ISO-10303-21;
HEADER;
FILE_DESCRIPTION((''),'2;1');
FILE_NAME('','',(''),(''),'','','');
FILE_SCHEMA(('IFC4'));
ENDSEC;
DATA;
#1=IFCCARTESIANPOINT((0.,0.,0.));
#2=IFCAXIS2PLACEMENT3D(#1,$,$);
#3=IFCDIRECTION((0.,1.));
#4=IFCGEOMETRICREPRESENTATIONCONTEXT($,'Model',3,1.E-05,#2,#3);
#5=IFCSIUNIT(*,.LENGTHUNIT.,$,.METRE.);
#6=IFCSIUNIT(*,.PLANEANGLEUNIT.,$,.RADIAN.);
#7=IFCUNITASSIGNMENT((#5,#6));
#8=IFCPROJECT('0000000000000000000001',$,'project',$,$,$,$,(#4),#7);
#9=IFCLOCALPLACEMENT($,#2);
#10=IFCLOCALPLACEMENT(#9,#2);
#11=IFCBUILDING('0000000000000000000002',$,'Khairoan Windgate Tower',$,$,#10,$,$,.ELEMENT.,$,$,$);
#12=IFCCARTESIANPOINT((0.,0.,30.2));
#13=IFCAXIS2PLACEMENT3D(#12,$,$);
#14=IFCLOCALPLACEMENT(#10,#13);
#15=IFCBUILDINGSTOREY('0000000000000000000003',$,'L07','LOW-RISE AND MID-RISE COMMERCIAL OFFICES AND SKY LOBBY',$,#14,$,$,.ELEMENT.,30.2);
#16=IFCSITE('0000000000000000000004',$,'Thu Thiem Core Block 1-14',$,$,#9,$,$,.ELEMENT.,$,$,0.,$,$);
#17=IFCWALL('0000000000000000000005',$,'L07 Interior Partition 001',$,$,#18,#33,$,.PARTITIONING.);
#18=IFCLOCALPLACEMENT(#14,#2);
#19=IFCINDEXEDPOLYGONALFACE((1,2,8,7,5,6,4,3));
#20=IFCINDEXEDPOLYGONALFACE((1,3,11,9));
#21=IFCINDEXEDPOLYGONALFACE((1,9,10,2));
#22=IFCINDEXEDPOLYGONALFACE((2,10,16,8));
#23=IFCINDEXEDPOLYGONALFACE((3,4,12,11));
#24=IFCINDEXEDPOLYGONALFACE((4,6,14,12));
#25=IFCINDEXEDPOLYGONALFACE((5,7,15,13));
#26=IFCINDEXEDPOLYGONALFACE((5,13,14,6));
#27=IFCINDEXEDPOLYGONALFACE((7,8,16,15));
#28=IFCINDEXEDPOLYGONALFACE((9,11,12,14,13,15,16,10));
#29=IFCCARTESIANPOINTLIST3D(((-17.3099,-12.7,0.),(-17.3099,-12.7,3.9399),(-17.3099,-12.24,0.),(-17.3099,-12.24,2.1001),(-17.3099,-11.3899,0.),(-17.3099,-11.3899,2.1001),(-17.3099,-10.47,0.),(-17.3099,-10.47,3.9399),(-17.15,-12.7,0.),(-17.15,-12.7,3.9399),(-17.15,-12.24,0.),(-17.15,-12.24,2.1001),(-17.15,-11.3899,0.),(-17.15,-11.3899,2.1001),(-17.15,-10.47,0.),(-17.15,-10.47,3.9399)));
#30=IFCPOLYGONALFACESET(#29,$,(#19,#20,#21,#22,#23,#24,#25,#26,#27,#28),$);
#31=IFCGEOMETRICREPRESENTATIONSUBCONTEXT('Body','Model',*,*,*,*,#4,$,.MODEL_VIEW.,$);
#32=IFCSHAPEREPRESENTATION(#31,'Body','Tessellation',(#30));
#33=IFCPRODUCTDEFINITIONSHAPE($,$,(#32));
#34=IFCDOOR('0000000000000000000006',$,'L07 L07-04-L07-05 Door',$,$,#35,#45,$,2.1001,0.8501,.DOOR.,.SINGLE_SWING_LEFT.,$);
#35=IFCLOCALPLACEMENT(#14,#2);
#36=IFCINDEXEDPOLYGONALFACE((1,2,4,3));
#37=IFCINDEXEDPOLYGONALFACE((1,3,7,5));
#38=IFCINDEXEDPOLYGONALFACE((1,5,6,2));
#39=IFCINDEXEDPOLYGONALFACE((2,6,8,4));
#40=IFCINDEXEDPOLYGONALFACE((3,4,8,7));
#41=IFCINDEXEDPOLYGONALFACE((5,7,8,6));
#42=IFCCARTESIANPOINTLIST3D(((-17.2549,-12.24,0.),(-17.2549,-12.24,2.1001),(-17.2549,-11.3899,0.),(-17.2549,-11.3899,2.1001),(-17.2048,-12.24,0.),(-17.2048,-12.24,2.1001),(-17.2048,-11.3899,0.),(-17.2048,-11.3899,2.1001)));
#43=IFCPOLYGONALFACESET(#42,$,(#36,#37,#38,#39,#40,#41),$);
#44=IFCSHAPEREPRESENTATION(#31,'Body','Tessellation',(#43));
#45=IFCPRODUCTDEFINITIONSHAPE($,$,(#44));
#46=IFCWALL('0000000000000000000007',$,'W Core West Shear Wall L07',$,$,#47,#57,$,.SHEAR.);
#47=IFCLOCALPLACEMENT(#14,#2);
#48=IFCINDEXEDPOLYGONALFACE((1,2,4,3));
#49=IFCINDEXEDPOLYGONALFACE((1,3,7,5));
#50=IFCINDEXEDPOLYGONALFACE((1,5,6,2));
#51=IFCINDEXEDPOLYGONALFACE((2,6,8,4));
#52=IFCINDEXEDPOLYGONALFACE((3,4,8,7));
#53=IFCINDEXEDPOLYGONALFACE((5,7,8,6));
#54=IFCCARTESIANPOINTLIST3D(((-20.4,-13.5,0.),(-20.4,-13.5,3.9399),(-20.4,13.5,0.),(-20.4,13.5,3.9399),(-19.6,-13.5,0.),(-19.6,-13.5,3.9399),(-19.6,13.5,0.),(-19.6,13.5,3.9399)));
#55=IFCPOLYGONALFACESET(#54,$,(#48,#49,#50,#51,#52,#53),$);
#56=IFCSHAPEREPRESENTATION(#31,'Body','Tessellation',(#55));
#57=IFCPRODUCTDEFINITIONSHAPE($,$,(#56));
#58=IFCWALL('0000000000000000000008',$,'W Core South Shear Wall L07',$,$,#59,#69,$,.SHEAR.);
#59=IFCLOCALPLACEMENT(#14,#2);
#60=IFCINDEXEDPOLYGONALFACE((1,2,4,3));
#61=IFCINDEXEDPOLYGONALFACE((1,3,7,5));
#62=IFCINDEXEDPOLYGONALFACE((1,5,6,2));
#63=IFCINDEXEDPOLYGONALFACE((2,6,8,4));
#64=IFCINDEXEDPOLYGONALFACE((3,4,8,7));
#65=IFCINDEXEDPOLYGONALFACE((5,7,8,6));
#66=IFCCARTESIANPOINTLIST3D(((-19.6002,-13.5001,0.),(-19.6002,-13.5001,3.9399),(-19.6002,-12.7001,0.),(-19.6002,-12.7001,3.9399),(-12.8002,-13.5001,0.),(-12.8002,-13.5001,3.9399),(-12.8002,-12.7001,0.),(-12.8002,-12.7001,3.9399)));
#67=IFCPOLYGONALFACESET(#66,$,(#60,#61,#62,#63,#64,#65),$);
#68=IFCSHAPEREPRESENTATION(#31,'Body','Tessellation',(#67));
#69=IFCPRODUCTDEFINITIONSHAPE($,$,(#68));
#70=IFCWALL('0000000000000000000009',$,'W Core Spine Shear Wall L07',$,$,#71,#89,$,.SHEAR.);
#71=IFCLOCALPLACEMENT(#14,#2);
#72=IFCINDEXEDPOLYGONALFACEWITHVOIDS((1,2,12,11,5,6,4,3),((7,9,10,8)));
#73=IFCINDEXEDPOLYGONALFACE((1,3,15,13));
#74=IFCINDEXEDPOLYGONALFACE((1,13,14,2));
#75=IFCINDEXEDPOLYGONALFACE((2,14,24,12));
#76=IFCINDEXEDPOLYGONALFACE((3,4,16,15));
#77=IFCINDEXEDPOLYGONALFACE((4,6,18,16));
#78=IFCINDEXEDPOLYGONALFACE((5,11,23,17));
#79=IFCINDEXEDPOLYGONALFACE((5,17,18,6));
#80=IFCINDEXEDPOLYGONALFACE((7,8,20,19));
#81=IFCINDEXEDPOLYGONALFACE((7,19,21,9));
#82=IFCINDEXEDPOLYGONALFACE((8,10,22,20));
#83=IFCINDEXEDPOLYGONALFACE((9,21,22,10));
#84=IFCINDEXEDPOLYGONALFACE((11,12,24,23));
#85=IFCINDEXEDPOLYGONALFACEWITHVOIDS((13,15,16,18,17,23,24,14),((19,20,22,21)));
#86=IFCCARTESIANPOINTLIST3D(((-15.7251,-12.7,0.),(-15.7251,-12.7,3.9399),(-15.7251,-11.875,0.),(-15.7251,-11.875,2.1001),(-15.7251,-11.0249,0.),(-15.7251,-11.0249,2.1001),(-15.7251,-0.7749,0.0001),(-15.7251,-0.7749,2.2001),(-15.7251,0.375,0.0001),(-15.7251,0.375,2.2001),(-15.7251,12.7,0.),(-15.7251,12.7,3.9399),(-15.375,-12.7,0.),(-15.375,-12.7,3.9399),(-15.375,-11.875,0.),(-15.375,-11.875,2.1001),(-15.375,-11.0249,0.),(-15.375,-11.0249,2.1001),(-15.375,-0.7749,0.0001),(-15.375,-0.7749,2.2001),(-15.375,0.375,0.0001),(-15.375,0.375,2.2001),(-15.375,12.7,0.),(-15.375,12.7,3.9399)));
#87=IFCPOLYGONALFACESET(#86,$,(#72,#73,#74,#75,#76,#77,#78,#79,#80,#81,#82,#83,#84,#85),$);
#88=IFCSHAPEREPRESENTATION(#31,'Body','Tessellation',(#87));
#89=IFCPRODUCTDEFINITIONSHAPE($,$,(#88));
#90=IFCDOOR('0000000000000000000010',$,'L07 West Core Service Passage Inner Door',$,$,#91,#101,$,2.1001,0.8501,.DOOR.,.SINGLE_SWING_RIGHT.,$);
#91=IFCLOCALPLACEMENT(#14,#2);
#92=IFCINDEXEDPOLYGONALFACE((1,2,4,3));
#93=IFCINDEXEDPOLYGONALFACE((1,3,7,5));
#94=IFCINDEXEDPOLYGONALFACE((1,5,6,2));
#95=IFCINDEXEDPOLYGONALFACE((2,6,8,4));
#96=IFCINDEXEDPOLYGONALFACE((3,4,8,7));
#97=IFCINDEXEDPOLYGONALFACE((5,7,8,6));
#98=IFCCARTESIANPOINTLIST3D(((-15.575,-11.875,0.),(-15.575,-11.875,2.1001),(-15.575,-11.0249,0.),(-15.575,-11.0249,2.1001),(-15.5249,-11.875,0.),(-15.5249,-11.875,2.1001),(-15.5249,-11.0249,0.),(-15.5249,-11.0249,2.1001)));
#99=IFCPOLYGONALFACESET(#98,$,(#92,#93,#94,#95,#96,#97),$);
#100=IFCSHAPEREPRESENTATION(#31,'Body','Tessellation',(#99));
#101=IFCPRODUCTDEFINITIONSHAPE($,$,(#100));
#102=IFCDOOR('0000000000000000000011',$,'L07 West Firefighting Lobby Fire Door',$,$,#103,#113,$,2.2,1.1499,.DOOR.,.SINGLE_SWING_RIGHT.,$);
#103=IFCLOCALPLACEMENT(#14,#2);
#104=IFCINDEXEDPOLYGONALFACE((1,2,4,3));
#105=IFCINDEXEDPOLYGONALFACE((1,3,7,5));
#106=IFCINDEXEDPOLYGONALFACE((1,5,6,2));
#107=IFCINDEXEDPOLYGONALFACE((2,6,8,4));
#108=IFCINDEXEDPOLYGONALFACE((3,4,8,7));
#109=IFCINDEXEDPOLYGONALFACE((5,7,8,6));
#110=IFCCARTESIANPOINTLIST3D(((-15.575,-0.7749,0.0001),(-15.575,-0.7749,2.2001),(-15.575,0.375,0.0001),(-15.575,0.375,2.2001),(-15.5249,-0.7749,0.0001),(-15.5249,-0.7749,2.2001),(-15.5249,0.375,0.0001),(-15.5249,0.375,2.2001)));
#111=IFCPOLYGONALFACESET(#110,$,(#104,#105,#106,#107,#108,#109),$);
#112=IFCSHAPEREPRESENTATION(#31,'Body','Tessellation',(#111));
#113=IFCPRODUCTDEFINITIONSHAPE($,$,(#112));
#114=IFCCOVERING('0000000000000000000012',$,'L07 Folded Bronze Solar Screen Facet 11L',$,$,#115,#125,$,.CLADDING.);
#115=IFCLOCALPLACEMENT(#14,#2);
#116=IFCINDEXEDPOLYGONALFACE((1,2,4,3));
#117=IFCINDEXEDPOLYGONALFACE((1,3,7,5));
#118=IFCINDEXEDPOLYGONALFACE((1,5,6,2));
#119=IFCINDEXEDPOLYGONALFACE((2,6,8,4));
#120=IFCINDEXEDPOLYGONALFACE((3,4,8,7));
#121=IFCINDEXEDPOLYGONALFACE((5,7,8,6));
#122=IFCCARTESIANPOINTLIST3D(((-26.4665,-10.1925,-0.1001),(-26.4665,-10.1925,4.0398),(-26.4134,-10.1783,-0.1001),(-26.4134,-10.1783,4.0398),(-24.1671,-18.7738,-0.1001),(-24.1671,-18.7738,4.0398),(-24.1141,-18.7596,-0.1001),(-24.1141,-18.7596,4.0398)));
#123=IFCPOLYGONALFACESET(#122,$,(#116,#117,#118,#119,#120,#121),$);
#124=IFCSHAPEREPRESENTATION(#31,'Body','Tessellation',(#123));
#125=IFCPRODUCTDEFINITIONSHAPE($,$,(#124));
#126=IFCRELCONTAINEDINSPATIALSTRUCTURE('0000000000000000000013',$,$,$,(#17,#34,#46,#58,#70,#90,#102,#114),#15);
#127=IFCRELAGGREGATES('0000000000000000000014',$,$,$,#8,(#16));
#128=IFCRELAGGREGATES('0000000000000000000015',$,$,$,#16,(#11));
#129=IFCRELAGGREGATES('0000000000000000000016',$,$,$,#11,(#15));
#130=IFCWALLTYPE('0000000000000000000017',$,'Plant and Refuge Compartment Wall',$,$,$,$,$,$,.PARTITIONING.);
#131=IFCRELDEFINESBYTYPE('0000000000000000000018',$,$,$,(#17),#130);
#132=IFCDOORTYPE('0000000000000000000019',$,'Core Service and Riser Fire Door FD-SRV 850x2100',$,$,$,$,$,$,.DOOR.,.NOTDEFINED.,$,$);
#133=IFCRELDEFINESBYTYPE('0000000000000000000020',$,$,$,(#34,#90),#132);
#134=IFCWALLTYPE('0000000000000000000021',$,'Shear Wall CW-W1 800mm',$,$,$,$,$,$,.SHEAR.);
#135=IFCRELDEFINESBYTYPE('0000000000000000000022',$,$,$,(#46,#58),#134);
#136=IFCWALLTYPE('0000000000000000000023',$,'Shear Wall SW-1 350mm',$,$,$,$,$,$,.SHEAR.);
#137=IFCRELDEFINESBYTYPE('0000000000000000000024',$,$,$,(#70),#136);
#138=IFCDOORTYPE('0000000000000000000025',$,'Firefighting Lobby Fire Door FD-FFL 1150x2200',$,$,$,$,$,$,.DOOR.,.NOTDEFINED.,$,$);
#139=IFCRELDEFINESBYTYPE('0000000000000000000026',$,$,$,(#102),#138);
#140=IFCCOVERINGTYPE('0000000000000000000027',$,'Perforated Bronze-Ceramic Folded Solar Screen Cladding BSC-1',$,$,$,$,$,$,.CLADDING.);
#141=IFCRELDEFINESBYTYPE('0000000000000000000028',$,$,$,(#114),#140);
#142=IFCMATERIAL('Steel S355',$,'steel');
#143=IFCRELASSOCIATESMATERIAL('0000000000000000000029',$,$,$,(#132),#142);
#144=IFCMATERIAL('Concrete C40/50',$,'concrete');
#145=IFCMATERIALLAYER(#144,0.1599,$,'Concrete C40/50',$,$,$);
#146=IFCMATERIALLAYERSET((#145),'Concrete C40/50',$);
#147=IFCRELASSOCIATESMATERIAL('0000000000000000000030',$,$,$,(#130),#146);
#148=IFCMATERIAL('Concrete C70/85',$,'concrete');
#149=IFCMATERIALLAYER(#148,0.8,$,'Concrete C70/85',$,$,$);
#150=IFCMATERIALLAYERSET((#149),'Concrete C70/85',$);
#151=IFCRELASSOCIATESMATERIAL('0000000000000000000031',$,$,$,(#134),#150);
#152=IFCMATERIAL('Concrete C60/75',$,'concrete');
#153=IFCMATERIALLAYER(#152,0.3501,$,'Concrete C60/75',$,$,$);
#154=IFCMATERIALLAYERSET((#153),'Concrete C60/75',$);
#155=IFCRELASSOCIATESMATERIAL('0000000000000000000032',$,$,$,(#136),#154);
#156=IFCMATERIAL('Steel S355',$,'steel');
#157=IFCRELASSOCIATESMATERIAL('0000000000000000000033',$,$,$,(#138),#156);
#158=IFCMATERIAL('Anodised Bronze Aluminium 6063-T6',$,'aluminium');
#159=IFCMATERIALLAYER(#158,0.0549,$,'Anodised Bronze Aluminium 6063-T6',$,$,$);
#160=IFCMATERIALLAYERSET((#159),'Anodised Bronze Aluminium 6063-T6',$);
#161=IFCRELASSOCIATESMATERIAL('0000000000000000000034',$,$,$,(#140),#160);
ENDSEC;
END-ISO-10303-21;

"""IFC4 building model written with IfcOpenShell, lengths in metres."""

from ifc_helpers import new_model, si_unit, direction, frame, frame_2d, origin, origin_2d, place, context, subcontext, project, spatial, rectangle, extrude, material, layer, layer_set, type_object, element, fill, save


model = new_model("IFC4")

# Units and contexts
model_context = context("Model", 3, precision=1e-05, world=origin(), true_north=direction((0.0, 1.0)))
body_context = subcontext(model_context, "Body", "Model", "MODEL_VIEW")
ifc_project = project(units=[si_unit("LENGTHUNIT", "METRE"), si_unit("PLANEANGLEUNIT", "RADIAN")], contexts=[model_context])

# Site, building, storey
site_placement = place(None, origin())
site = spatial("IfcSite", under=ifc_project, at=site_placement, Name="Thu Thiem Core Block 1-14", CompositionType="ELEMENT", RefElevation=0.0)
building_placement = place(site_placement, origin())
building = spatial("IfcBuilding", under=site, at=building_placement, Name="Khairoan Windgate Tower", CompositionType="ELEMENT")
storey_placement = place(building_placement, frame((0.0, 0.0, 30.2)))
storey = spatial("IfcBuildingStorey", under=building, at=storey_placement, Name="L07", Description="LOW-RISE AND MID-RISE COMMERCIAL OFFICES AND SKY LOBBY", CompositionType="ELEMENT", Elevation=30.2)

# Wall, opening, door
ifc_material_1 = material(Name="Steel S355", Category="steel")
door_type_1 = type_object("IfcDoorType", Name="Core Service and Riser Fire Door FD-SRV 850x2100", OperationType="NOTDEFINED", PredefinedType="DOOR", material=ifc_material_1)
ifc_material_2 = material(Name="Concrete C40/50", Category="concrete")
ifc_layer_1 = layer(ifc_material_2, 0.1599, Name="Concrete C40/50")
ifc_layer_set_1 = layer_set([ifc_layer_1], Name="Concrete C40/50")
wall_type_1 = type_object("IfcWallType", Name="Plant and Refuge Compartment Wall", PredefinedType="PARTITIONING", material=ifc_layer_set_1)
wall_1_placement = place(storey_placement, frame((-17.23, -12.7, 0.0), z_axis=(0.0, 0.0, 1.0), x_axis=(0.0, 1.0, 0.0)))
wall_1 = element("IfcWall", 1, at=wall_1_placement, inside=storey, type_object=wall_type_1, Name="L07 Interior Partition 001", PredefinedType="PARTITIONING", context=body_context, shape_type="SweptSolid", body=[
    extrude(rectangle(XDim=2.23, YDim=0.1599, at=frame_2d((1.115, 0.0))), origin(), (0.0, 0.0, 1.0), 3.9399),
])
opening_1_placement = place(wall_1_placement, frame((0.46, 0.0, 0.0)))
opening_1 = element("IfcOpeningElement", 2, at=opening_1_placement, cuts=wall_1, PredefinedType="OPENING", context=body_context, shape_type="SweptSolid", body=[
    extrude(rectangle(XDim=0.8501, YDim=2.1001, at=frame_2d((0.425, 1.05))), frame((0.0, 0.0898, 0.0), z_axis=(0.0, -1.0, 0.0), x_axis=(1.0, 0.0, 0.0)), (0.0, 0.0, 1.0), 0.1799),
])
door_1_placement = place(opening_1_placement, origin())
door_1 = element("IfcDoor", 3, at=door_1_placement, inside=storey, type_object=door_type_1, Name="L07 L07-04-L07-05 Door", OperationType="SINGLE_SWING_LEFT", OverallHeight=2.1001, OverallWidth=0.8501, PredefinedType="DOOR", context=body_context, shape_type="SweptSolid", body=[
    extrude(rectangle(XDim=0.8501, YDim=2.1001, at=frame_2d((0.425, 1.05))), frame((0.0, 0.0249, 0.0), z_axis=(0.0, -1.0, 0.0), x_axis=(1.0, 0.0, 0.0)), (0.0, 0.0, 1.0), 0.05),
])
fill(opening_1, door_1)

# Walls
ifc_material_3 = material(Name="Concrete C70/85", Category="concrete")
ifc_layer_2 = layer(ifc_material_3, 0.8, Name="Concrete C70/85")
ifc_layer_set_2 = layer_set([ifc_layer_2], Name="Concrete C70/85")
wall_type_2 = type_object("IfcWallType", Name="Shear Wall CW-W1 800mm", PredefinedType="SHEAR", material=ifc_layer_set_2)
wall_2_placement = place(storey_placement, frame((-20.0, -13.5, 0.0), z_axis=(0.0, 0.0, 1.0), x_axis=(0.0, 1.0, 0.0)))
element("IfcWall", 4, at=wall_2_placement, inside=storey, type_object=wall_type_2, Name="W Core West Shear Wall L07", PredefinedType="SHEAR", context=body_context, shape_type="SweptSolid", body=[
    extrude(rectangle(XDim=27.0, YDim=0.8, at=frame_2d((13.5, 0.0))), origin(), (0.0, 0.0, 1.0), 3.9399),
])
wall_3_placement = place(storey_placement, frame((-19.6001, -13.1001, 0.0), z_axis=(0.0, 0.0, 1.0), x_axis=(1.0, 0.0, 0.0)))
element("IfcWall", 5, at=wall_3_placement, inside=storey, type_object=wall_type_2, Name="W Core South Shear Wall L07", PredefinedType="SHEAR", context=body_context, shape_type="SweptSolid", body=[
    extrude(rectangle(XDim=6.8, YDim=0.8, at=frame_2d((3.3999, 0.0))), origin(), (0.0, 0.0, 1.0), 3.9399),
])

# Wall, openings, doors
ifc_material_4 = material(Name="Concrete C60/75", Category="concrete")
ifc_layer_3 = layer(ifc_material_4, 0.3501, Name="Concrete C60/75")
ifc_layer_set_3 = layer_set([ifc_layer_3], Name="Concrete C60/75")
wall_type_3 = type_object("IfcWallType", Name="Shear Wall SW-1 350mm", PredefinedType="SHEAR", material=ifc_layer_set_3)
wall_4_placement = place(storey_placement, frame((-15.55, -12.7, 0.0), z_axis=(0.0, 0.0, 1.0), x_axis=(0.0, 1.0, 0.0)))
wall_4 = element("IfcWall", 6, at=wall_4_placement, inside=storey, type_object=wall_type_3, Name="W Core Spine Shear Wall L07", PredefinedType="SHEAR", context=body_context, shape_type="SweptSolid", body=[
    extrude(rectangle(XDim=25.3999, YDim=0.3501, at=frame_2d((12.7, 0.0))), origin(), (0.0, 0.0, 1.0), 3.9399),
])
opening_2_placement = place(wall_4_placement, frame((11.925, 0.0, 0.0)))
opening_2 = element("IfcOpeningElement", 7, at=opening_2_placement, cuts=wall_4, PredefinedType="OPENING", context=body_context, shape_type="SweptSolid", body=[
    extrude(rectangle(XDim=1.1499, YDim=2.2, at=frame_2d((0.575, 1.1001))), frame((0.0, 0.1851, 0.0), z_axis=(0.0, -1.0, 0.0), x_axis=(1.0, 0.0, 0.0)), (0.0, 0.0, 1.0), 0.3701),
])
opening_3_placement = place(wall_4_placement, frame((0.825, 0.0, 0.0)))
opening_3 = element("IfcOpeningElement", 8, at=opening_3_placement, cuts=wall_4, PredefinedType="OPENING", context=body_context, shape_type="SweptSolid", body=[
    extrude(rectangle(XDim=0.8501, YDim=2.1001, at=frame_2d((0.425, 1.05))), frame((0.0, 0.1851, 0.0), z_axis=(0.0, -1.0, 0.0), x_axis=(1.0, 0.0, 0.0)), (0.0, 0.0, 1.0), 0.3701),
])
door_2_placement = place(opening_3_placement, origin())
door_2 = element("IfcDoor", 9, at=door_2_placement, inside=storey, type_object=door_type_1, Name="L07 West Core Service Passage Inner Door", OperationType="SINGLE_SWING_RIGHT", OverallHeight=2.1001, OverallWidth=0.8501, PredefinedType="DOOR", context=body_context, shape_type="SweptSolid", body=[
    extrude(rectangle(XDim=0.8501, YDim=2.1001, at=frame_2d((0.425, 1.05))), frame((0.0, 0.0249, 0.0), z_axis=(0.0, -1.0, 0.0), x_axis=(1.0, 0.0, 0.0)), (0.0, 0.0, 1.0), 0.05),
])
fill(opening_3, door_2)
ifc_material_5 = material(Name="Steel S355", Category="steel")
door_type_2 = type_object("IfcDoorType", Name="Firefighting Lobby Fire Door FD-FFL 1150x2200", OperationType="NOTDEFINED", PredefinedType="DOOR", material=ifc_material_5)
door_3_placement = place(opening_2_placement, origin())
door_3 = element("IfcDoor", 10, at=door_3_placement, inside=storey, type_object=door_type_2, Name="L07 West Firefighting Lobby Fire Door", OperationType="SINGLE_SWING_RIGHT", OverallHeight=2.2, OverallWidth=1.1499, PredefinedType="DOOR", context=body_context, shape_type="SweptSolid", body=[
    extrude(rectangle(XDim=1.1499, YDim=2.2, at=frame_2d((0.575, 1.1001))), frame((0.0, 0.0249, 0.0), z_axis=(0.0, -1.0, 0.0), x_axis=(1.0, 0.0, 0.0)), (0.0, 0.0, 1.0), 0.05),
])
fill(opening_2, door_3)

# Covering
ifc_material_6 = material(Name="Anodised Bronze Aluminium 6063-T6", Category="aluminium")
ifc_layer_4 = layer(ifc_material_6, 0.0549, Name="Anodised Bronze Aluminium 6063-T6")
ifc_layer_set_4 = layer_set([ifc_layer_4], Name="Anodised Bronze Aluminium 6063-T6")
covering_type = type_object("IfcCoveringType", Name="Perforated Bronze-Ceramic Folded Solar Screen Cladding BSC-1", PredefinedType="CLADDING", material=ifc_layer_set_4)
covering_placement = place(storey_placement, frame((-25.2903, -14.4761, -0.1001), z_axis=(0.0, 0.0, 1.0), x_axis=(-0.258819, 0.965926, 0.0)))
element("IfcCovering", 11, at=covering_placement, inside=storey, type_object=covering_type, Name="L07 Folded Bronze Solar Screen Facet 11L", PredefinedType="CLADDING", context=body_context, shape_type="SweptSolid", body=[
    extrude(rectangle(XDim=8.884, YDim=0.0549, at=origin_2d()), origin(), (0.0, 0.0, 1.0), 4.1399),
])

save(model, "model.ifc")
